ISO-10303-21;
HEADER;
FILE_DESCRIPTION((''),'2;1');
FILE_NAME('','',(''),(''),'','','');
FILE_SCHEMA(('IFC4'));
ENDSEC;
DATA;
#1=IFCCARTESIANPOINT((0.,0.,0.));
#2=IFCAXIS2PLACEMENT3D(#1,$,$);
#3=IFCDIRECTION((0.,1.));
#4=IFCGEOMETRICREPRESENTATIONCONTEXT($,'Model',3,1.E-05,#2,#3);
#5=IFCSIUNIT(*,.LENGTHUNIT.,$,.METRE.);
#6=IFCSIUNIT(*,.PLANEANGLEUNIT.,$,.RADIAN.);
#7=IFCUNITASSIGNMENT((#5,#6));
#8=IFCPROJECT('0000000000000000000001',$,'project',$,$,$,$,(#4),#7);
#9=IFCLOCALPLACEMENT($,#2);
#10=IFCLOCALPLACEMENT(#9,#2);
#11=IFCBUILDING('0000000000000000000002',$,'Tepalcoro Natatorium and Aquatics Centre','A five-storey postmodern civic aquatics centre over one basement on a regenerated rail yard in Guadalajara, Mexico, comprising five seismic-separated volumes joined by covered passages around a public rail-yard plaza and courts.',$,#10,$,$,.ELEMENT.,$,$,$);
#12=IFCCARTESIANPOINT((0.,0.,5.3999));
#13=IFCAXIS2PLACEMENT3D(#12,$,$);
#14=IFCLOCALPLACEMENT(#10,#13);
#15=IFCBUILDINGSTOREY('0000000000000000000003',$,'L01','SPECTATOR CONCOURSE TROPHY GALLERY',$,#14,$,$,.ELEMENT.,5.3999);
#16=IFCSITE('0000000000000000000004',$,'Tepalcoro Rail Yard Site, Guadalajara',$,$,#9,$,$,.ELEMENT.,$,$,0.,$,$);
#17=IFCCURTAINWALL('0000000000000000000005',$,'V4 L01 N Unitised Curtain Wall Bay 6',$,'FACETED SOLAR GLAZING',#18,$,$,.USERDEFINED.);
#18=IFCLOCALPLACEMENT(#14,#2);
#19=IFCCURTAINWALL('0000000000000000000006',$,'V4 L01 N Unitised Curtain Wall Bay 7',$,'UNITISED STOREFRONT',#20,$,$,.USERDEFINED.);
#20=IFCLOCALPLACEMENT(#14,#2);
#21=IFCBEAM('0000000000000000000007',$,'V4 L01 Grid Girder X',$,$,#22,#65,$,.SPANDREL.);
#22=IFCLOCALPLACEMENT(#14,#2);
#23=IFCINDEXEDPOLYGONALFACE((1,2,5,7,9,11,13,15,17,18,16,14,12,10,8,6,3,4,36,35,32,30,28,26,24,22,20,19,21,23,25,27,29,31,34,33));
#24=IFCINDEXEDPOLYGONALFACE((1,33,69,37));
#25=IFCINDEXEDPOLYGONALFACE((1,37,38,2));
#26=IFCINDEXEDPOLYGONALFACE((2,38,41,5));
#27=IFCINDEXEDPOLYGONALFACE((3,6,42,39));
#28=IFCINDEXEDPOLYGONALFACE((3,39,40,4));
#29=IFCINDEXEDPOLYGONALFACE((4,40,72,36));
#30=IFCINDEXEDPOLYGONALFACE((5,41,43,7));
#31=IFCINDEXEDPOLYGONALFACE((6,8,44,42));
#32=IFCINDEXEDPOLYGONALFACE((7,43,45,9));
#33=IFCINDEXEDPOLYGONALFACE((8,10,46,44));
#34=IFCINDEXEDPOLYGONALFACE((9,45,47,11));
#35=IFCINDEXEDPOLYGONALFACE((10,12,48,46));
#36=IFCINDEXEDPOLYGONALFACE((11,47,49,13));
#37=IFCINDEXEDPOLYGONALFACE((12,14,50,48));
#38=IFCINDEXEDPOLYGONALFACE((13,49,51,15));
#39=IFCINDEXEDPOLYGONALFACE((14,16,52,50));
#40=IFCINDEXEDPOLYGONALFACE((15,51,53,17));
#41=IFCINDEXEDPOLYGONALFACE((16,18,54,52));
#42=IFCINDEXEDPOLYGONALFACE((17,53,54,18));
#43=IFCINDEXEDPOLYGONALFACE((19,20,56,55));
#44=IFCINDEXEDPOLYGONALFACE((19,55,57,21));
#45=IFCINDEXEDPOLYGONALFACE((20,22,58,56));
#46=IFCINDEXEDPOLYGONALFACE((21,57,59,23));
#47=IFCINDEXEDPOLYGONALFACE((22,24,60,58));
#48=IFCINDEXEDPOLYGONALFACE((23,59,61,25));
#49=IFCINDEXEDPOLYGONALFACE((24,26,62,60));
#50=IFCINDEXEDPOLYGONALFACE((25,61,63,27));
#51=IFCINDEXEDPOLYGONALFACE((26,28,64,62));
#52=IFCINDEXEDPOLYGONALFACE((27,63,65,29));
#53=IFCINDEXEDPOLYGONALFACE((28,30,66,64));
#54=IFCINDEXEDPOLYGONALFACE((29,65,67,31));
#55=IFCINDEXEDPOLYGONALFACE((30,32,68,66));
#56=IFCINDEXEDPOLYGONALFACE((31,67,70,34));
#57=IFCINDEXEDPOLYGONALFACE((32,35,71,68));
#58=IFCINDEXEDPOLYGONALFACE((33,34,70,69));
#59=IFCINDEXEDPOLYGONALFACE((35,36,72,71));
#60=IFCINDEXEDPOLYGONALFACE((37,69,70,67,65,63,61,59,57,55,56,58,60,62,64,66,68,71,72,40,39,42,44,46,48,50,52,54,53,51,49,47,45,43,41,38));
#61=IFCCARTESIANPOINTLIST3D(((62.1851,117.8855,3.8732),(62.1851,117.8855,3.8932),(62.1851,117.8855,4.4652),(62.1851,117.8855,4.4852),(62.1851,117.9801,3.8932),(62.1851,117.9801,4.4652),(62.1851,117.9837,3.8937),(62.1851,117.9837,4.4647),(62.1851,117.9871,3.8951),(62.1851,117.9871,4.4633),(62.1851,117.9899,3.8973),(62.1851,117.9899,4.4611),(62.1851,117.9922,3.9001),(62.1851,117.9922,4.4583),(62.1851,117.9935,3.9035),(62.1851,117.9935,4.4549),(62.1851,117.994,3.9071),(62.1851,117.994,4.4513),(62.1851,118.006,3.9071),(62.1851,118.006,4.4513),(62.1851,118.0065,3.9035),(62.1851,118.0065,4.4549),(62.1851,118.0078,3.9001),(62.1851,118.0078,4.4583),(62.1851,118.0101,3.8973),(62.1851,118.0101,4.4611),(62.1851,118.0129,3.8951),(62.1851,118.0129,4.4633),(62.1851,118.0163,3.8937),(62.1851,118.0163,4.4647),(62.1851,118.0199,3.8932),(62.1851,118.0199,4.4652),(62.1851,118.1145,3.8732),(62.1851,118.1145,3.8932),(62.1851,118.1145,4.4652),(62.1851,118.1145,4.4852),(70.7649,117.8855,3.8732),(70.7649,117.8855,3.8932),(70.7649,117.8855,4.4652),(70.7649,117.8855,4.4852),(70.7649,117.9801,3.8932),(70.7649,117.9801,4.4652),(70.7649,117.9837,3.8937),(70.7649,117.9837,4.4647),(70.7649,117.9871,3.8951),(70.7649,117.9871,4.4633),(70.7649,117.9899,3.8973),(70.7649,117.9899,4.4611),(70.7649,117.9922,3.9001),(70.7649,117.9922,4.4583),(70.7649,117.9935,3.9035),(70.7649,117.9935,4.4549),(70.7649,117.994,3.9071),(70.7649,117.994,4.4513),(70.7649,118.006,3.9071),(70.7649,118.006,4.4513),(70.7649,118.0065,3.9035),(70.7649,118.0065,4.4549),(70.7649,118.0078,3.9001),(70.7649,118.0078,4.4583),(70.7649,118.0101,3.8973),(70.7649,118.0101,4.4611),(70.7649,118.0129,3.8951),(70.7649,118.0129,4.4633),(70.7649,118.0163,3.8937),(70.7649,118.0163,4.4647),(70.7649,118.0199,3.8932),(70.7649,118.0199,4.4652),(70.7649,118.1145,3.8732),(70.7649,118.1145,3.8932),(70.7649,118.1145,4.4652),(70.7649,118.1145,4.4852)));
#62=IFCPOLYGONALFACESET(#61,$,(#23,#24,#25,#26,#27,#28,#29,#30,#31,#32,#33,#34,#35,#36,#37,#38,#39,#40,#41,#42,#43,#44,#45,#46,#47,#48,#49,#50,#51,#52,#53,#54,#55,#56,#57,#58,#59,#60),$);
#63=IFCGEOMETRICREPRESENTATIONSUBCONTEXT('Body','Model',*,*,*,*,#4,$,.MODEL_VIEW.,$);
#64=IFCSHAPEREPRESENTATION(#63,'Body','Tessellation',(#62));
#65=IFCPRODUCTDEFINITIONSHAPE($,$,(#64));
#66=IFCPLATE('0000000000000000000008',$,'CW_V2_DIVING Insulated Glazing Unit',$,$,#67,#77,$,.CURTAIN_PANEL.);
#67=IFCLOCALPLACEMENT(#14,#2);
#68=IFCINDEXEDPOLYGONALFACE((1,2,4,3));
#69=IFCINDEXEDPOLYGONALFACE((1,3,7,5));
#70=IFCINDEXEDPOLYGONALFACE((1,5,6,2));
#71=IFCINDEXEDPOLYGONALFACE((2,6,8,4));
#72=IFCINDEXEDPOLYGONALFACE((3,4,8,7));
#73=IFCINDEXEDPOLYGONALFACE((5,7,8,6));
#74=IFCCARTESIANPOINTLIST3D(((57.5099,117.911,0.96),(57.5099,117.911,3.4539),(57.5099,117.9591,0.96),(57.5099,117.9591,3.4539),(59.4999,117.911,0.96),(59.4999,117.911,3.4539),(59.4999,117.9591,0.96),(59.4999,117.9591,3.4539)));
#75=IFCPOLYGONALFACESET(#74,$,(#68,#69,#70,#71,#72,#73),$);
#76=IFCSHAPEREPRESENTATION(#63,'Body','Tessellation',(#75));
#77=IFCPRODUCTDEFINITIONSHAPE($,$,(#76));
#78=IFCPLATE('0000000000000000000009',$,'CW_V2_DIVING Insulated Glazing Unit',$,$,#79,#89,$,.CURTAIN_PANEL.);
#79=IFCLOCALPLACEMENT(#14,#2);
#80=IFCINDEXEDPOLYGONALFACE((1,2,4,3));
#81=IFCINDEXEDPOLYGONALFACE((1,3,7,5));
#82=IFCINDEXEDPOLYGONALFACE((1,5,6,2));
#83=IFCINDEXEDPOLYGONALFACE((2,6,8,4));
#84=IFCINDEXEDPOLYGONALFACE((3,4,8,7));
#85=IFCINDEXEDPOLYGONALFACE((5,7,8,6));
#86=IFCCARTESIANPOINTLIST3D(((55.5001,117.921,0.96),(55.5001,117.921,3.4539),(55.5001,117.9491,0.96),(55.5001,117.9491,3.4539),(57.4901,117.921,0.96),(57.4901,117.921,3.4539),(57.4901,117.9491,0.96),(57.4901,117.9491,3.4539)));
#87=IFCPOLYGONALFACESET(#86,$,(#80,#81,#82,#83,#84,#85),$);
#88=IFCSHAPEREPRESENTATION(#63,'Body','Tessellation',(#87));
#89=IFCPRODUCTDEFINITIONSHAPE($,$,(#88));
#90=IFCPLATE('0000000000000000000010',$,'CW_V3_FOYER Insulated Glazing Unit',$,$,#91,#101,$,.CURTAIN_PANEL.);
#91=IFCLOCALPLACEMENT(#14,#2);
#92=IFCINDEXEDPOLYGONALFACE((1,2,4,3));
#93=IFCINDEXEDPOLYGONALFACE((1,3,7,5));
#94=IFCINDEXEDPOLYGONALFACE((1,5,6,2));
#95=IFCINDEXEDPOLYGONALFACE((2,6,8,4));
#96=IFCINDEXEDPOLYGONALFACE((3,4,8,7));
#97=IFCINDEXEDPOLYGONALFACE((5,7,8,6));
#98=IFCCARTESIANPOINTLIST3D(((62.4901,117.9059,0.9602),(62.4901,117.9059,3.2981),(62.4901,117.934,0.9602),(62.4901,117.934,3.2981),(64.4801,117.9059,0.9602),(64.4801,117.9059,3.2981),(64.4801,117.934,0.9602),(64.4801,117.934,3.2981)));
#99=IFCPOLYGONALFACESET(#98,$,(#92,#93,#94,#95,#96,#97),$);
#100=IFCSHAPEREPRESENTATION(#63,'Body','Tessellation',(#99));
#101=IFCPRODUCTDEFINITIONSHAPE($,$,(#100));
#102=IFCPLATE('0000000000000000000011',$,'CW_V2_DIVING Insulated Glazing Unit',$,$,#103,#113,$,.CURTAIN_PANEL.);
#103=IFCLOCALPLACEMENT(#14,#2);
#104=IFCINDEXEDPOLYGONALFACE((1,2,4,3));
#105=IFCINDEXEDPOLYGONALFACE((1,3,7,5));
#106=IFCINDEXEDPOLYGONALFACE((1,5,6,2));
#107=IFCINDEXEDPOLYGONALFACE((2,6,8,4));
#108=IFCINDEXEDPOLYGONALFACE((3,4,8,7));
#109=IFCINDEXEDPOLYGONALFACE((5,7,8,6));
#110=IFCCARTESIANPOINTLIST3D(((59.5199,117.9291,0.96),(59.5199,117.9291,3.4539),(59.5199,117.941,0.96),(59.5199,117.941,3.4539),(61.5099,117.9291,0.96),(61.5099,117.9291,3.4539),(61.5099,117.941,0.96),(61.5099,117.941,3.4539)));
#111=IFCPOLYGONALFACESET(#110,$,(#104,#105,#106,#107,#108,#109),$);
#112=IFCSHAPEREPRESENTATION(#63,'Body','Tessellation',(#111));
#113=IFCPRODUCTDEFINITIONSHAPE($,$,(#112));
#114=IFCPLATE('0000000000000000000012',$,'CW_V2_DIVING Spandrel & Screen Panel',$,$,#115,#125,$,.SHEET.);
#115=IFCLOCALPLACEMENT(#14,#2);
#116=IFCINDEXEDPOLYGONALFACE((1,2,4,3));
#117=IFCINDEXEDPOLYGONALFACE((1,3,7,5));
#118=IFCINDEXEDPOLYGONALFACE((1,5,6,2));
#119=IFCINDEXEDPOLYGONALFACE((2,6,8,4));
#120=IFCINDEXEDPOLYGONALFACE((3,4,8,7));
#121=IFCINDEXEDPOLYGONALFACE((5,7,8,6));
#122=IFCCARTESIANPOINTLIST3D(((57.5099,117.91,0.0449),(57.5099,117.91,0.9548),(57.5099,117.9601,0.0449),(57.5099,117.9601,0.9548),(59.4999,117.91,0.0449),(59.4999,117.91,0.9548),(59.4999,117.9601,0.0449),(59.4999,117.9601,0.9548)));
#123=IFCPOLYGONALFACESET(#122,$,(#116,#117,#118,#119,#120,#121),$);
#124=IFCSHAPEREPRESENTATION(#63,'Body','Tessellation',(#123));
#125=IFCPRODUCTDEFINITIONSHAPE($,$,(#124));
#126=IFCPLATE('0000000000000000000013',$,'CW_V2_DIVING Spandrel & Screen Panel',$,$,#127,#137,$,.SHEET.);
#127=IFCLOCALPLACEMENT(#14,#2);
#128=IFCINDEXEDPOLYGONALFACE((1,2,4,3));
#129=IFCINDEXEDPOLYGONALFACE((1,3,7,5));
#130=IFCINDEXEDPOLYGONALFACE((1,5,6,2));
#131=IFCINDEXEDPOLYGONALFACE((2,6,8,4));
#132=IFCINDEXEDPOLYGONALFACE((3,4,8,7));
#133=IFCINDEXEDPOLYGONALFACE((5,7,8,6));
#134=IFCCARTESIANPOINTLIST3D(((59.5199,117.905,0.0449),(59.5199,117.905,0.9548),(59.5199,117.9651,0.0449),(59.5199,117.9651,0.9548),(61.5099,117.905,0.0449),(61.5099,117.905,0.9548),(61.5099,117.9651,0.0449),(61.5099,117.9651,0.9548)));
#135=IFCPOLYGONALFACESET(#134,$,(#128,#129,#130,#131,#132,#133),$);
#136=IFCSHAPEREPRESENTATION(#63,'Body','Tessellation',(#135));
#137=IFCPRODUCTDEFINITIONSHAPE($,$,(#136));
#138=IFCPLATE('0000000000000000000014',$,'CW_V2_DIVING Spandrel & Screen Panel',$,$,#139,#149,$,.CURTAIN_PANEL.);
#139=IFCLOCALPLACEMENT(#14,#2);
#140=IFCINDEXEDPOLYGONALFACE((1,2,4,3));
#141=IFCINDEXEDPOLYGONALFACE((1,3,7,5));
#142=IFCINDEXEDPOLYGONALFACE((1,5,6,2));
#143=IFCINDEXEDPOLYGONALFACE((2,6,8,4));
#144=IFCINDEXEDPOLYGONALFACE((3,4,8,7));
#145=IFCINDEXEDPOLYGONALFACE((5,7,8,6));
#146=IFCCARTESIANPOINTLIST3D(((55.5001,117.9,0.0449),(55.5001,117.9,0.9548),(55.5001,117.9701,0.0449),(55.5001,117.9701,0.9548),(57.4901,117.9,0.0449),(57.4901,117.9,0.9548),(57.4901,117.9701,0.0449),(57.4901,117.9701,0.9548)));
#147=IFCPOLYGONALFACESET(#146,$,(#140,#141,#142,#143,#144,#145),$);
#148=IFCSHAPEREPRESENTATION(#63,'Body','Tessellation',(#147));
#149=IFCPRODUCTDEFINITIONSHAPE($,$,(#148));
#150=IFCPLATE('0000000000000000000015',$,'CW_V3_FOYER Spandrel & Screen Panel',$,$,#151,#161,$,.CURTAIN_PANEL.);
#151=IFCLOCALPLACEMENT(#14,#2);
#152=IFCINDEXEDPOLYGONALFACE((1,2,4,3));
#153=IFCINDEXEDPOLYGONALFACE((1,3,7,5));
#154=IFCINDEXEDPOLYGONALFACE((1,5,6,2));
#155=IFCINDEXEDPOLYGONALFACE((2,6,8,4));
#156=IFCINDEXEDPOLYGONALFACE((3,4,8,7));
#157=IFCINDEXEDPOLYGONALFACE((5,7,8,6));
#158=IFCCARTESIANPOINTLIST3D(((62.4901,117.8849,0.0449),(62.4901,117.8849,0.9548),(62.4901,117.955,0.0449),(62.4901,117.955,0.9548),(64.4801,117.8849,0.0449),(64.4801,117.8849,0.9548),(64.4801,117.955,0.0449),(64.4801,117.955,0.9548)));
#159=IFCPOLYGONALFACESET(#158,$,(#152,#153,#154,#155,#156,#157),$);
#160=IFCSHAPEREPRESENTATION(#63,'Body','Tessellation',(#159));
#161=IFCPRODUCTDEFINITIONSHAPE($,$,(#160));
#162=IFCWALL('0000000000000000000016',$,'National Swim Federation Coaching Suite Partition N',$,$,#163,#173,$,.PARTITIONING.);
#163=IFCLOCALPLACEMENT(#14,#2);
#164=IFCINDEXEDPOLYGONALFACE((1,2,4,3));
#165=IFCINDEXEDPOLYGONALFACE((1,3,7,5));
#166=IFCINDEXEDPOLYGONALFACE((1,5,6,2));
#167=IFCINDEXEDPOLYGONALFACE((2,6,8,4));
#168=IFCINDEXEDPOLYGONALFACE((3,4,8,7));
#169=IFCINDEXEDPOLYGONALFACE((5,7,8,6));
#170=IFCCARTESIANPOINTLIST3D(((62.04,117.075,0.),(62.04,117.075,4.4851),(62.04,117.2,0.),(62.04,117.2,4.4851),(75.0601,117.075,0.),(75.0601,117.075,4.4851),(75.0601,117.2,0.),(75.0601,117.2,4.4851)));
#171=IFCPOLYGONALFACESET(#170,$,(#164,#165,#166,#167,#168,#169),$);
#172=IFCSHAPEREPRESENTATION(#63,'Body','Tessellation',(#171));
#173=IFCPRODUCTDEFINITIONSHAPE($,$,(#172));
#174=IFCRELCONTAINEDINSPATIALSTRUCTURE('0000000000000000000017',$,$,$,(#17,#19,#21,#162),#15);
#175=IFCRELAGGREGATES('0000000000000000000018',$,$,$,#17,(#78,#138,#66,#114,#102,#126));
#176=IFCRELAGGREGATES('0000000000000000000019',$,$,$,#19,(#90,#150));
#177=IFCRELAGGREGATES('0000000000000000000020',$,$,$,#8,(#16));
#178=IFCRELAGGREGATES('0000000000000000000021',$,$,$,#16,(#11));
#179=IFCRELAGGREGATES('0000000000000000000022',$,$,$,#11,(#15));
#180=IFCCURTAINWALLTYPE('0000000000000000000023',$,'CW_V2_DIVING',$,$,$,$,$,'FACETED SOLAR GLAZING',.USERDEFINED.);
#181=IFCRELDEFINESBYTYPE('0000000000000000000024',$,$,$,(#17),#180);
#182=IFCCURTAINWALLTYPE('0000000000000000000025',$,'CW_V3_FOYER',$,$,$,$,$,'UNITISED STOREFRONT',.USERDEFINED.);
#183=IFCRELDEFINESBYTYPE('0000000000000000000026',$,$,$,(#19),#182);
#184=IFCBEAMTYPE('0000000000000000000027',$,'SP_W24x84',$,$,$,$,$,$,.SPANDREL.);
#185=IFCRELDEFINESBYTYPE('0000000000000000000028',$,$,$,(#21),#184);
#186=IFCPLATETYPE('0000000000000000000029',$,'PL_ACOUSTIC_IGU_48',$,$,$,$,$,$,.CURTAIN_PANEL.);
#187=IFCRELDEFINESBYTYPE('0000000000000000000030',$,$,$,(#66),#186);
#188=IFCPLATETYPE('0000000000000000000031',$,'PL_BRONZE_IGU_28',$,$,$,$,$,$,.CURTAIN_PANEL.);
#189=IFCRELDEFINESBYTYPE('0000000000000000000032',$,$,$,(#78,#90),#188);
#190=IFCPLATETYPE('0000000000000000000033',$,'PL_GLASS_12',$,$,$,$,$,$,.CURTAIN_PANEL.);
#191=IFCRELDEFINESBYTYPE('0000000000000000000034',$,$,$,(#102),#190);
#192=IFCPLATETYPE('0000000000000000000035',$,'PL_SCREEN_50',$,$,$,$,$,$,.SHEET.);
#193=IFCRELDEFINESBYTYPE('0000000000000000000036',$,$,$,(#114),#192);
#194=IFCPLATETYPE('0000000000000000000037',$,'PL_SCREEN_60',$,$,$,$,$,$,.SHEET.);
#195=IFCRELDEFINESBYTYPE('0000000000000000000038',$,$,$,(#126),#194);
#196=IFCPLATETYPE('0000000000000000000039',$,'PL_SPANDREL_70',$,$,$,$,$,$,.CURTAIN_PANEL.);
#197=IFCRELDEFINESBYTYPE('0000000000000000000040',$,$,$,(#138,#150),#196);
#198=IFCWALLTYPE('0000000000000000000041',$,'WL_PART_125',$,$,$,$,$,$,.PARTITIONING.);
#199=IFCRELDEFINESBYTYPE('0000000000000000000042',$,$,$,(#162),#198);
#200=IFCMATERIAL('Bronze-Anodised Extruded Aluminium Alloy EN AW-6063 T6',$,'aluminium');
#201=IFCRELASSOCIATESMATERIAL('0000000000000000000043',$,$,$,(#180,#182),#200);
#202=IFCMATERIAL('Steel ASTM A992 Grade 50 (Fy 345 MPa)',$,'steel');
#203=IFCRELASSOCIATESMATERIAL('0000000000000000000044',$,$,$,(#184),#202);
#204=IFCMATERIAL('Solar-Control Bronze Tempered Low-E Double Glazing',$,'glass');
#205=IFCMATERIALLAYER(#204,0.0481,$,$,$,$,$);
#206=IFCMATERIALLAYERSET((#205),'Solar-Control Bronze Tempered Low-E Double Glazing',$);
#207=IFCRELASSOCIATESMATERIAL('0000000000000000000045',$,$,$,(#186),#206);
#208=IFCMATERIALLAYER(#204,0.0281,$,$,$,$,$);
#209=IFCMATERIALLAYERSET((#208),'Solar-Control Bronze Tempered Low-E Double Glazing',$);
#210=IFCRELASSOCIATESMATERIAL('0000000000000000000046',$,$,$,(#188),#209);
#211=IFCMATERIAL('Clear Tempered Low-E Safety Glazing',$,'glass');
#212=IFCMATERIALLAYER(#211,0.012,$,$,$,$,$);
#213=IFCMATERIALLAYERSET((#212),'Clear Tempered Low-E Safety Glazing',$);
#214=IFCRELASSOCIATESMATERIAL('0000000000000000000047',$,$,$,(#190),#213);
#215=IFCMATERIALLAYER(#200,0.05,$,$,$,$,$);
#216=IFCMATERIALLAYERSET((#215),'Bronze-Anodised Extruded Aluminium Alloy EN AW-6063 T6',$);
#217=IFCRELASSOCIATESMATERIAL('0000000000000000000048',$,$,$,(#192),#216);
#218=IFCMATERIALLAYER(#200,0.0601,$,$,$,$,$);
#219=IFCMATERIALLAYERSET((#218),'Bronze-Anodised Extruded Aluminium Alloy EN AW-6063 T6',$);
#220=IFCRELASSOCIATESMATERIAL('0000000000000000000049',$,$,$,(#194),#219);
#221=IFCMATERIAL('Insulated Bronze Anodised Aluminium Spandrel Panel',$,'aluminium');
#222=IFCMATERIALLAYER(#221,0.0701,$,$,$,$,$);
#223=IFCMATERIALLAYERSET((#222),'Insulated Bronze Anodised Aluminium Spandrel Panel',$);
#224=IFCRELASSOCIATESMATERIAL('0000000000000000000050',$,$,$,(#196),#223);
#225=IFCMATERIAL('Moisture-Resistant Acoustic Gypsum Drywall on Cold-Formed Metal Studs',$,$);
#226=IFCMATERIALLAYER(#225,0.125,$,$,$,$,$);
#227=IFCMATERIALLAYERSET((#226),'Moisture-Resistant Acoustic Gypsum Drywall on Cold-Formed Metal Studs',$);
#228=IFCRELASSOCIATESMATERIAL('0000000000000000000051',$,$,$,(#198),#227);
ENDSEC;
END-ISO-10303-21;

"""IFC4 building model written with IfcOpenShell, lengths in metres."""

from ifc_helpers import new_model, si_unit, direction, frame, frame_2d, origin, origin_2d, place, context, subcontext, project, spatial, rectangle, i_section, extrude, material, layer, layer_set, material_profile, profile_set, type_object, element, aggregate, save


model = new_model("IFC4")

# Units and contexts
model_context = context("Model", 3, precision=1e-05, world=origin(), true_north=direction((0.0, 1.0)))
body_context = subcontext(model_context, "Body", "Model", "MODEL_VIEW")
ifc_project = project(units=[si_unit("LENGTHUNIT", "METRE"), si_unit("PLANEANGLEUNIT", "RADIAN")], contexts=[model_context])

# Site, building, storey
site_placement = place(None, origin())
site = spatial("IfcSite", under=ifc_project, at=site_placement, Name="Tepalcoro Rail Yard Site, Guadalajara", CompositionType="ELEMENT", RefElevation=0.0)
building_placement = place(site_placement, origin())
building = spatial("IfcBuilding", under=site, at=building_placement, Name="Tepalcoro Natatorium and Aquatics Centre", Description="A five-storey postmodern civic aquatics centre over one basement on a regenerated rail yard in Guadalajara, Mexico, comprising five seismic-separated volumes joined by covered passages around a public rail-yard plaza and courts.", CompositionType="ELEMENT")
storey_placement = place(building_placement, frame((0.0, 0.0, 5.3999)))
storey = spatial("IfcBuildingStorey", under=building, at=storey_placement, Name="L01", Description="SPECTATOR CONCOURSE TROPHY GALLERY", CompositionType="ELEMENT", Elevation=5.3999)

# Curtain walls
ifc_material_1 = material(Name="Bronze-Anodised Extruded Aluminium Alloy EN AW-6063 T6", Category="aluminium")
curtain_wall_type_1 = type_object("IfcCurtainWallType", Name="CW_V2_DIVING", ElementType="FACETED SOLAR GLAZING", PredefinedType="USERDEFINED", material=ifc_material_1)
curtain_wall_1_placement = place(storey_placement, origin())
curtain_wall_1 = element("IfcCurtainWall", 1, at=curtain_wall_1_placement, inside=storey, type_object=curtain_wall_type_1, Name="V4 L01 N Unitised Curtain Wall Bay 6", ObjectType="FACETED SOLAR GLAZING", PredefinedType="USERDEFINED")
curtain_wall_type_2 = type_object("IfcCurtainWallType", Name="CW_V3_FOYER", ElementType="UNITISED STOREFRONT", PredefinedType="USERDEFINED", material=ifc_material_1)
curtain_wall_2_placement = place(storey_placement, origin())
curtain_wall_2 = element("IfcCurtainWall", 2, at=curtain_wall_2_placement, inside=storey, type_object=curtain_wall_type_2, Name="V4 L01 N Unitised Curtain Wall Bay 7", ObjectType="UNITISED STOREFRONT", PredefinedType="USERDEFINED")

# Beam
ifc_material_2 = material(Name="Steel ASTM A992 Grade 50 (Fy 345 MPa)", Category="steel")
ifc_material_profile_1 = material_profile(ifc_material_2, i_section(OverallWidth=0.229, OverallDepth=0.6121, WebThickness=0.012, FlangeThickness=0.02, FilletRadius=0.0139, at=origin_2d()), Name="W24X84")
ifc_profile_set_1 = profile_set([ifc_material_profile_1], Name="Steel ASTM A992 Grade 50 (Fy 345 MPa)")
beam_type = type_object("IfcBeamType", Name="SP_W24x84", PredefinedType="SPANDREL", material=ifc_profile_set_1)
beam_placement = place(storey_placement, frame((62.1851, 118.0, 4.1792), z_axis=(1.0, 0.0, 0.0), x_axis=(0.0, 1.0, 0.0)))
element("IfcBeam", 3, at=beam_placement, inside=storey, type_object=beam_type, Name="V4 L01 Grid Girder X", PredefinedType="SPANDREL", context=body_context, shape_type="SweptSolid", body=[
    extrude(i_section(OverallWidth=0.229, OverallDepth=0.6121, WebThickness=0.012, FlangeThickness=0.02, FilletRadius=0.0139, at=origin_2d()), origin(), (0.0, 0.0, 1.0), 8.5798),
])

# Plates
ifc_material_3 = material(Name="Solar-Control Bronze Tempered Low-E Double Glazing", Category="glass")
ifc_layer_1 = layer(ifc_material_3, 0.0481)
ifc_layer_set_1 = layer_set([ifc_layer_1], Name="Solar-Control Bronze Tempered Low-E Double Glazing")
plate_type_1 = type_object("IfcPlateType", Name="PL_ACOUSTIC_IGU_48", PredefinedType="CURTAIN_PANEL", material=ifc_layer_set_1)
plate_1_placement = place(storey_placement, frame((58.5049, 117.9351, 0.96), z_axis=(0.0, 0.0, 1.0), x_axis=(1.0, 0.0, 0.0)))
plate_1 = element("IfcPlate", 4, at=plate_1_placement, type_object=plate_type_1, Name="CW_V2_DIVING Insulated Glazing Unit", PredefinedType="CURTAIN_PANEL", context=body_context, shape_type="SweptSolid", body=[
    extrude(rectangle(XDim=1.99, YDim=0.0481, at=origin_2d()), origin(), (0.0, 0.0, 1.0), 2.4939),
])
ifc_layer_2 = layer(ifc_material_3, 0.0281)
ifc_layer_set_2 = layer_set([ifc_layer_2], Name="Solar-Control Bronze Tempered Low-E Double Glazing")
plate_type_2 = type_object("IfcPlateType", Name="PL_BRONZE_IGU_28", PredefinedType="CURTAIN_PANEL", material=ifc_layer_set_2)
plate_2_placement = place(storey_placement, frame((56.4951, 117.9351, 0.96), z_axis=(0.0, 0.0, 1.0), x_axis=(1.0, 0.0, 0.0)))
plate_2 = element("IfcPlate", 5, at=plate_2_placement, type_object=plate_type_2, Name="CW_V2_DIVING Insulated Glazing Unit", PredefinedType="CURTAIN_PANEL", context=body_context, shape_type="SweptSolid", body=[
    extrude(rectangle(XDim=1.99, YDim=0.0281, at=origin_2d()), origin(), (0.0, 0.0, 1.0), 2.4939),
])
plate_3_placement = place(storey_placement, frame((63.4851, 117.9199, 0.9602), z_axis=(0.0, 0.0, 1.0), x_axis=(1.0, 0.0, 0.0)))
plate_3 = element("IfcPlate", 6, at=plate_3_placement, type_object=plate_type_2, Name="CW_V3_FOYER Insulated Glazing Unit", PredefinedType="CURTAIN_PANEL", context=body_context, shape_type="SweptSolid", body=[
    extrude(rectangle(XDim=1.99, YDim=0.0281, at=origin_2d()), origin(), (0.0, 0.0, 1.0), 2.3379),
])
ifc_material_4 = material(Name="Clear Tempered Low-E Safety Glazing", Category="glass")
ifc_layer_3 = layer(ifc_material_4, 0.012)
ifc_layer_set_3 = layer_set([ifc_layer_3], Name="Clear Tempered Low-E Safety Glazing")
plate_type_3 = type_object("IfcPlateType", Name="PL_GLASS_12", PredefinedType="CURTAIN_PANEL", material=ifc_layer_set_3)
plate_4_placement = place(storey_placement, frame((60.5149, 117.9351, 0.96), z_axis=(0.0, 0.0, 1.0), x_axis=(1.0, 0.0, 0.0)))
plate_4 = element("IfcPlate", 7, at=plate_4_placement, type_object=plate_type_3, Name="CW_V2_DIVING Insulated Glazing Unit", PredefinedType="CURTAIN_PANEL", context=body_context, shape_type="SweptSolid", body=[
    extrude(rectangle(XDim=1.99, YDim=0.012, at=origin_2d()), origin(), (0.0, 0.0, 1.0), 2.4939),
])
ifc_layer_4 = layer(ifc_material_1, 0.05)
ifc_layer_set_4 = layer_set([ifc_layer_4], Name="Bronze-Anodised Extruded Aluminium Alloy EN AW-6063 T6")
plate_type_4 = type_object("IfcPlateType", Name="PL_SCREEN_50", PredefinedType="SHEET", material=ifc_layer_set_4)
plate_5_placement = place(storey_placement, frame((58.5049, 117.9351, 0.0449), z_axis=(0.0, 0.0, 1.0), x_axis=(1.0, 0.0, 0.0)))
plate_5 = element("IfcPlate", 8, at=plate_5_placement, type_object=plate_type_4, Name="CW_V2_DIVING Spandrel & Screen Panel", PredefinedType="SHEET", context=body_context, shape_type="SweptSolid", body=[
    extrude(rectangle(XDim=1.99, YDim=0.05, at=origin_2d()), origin(), (0.0, 0.0, 1.0), 0.9099),
])
ifc_layer_5 = layer(ifc_material_1, 0.0601)
ifc_layer_set_5 = layer_set([ifc_layer_5], Name="Bronze-Anodised Extruded Aluminium Alloy EN AW-6063 T6")
plate_type_5 = type_object("IfcPlateType", Name="PL_SCREEN_60", PredefinedType="SHEET", material=ifc_layer_set_5)
plate_6_placement = place(storey_placement, frame((60.5149, 117.9351, 0.0449), z_axis=(0.0, 0.0, 1.0), x_axis=(1.0, 0.0, 0.0)))
plate_6 = element("IfcPlate", 9, at=plate_6_placement, type_object=plate_type_5, Name="CW_V2_DIVING Spandrel & Screen Panel", PredefinedType="SHEET", context=body_context, shape_type="SweptSolid", body=[
    extrude(rectangle(XDim=1.99, YDim=0.0601, at=origin_2d()), origin(), (0.0, 0.0, 1.0), 0.9099),
])
ifc_material_5 = material(Name="Insulated Bronze Anodised Aluminium Spandrel Panel", Category="aluminium")
ifc_layer_6 = layer(ifc_material_5, 0.0701)
ifc_layer_set_6 = layer_set([ifc_layer_6], Name="Insulated Bronze Anodised Aluminium Spandrel Panel")
plate_type_6 = type_object("IfcPlateType", Name="PL_SPANDREL_70", PredefinedType="CURTAIN_PANEL", material=ifc_layer_set_6)
plate_7_placement = place(storey_placement, frame((56.4951, 117.9351, 0.0449), z_axis=(0.0, 0.0, 1.0), x_axis=(1.0, 0.0, 0.0)))
plate_7 = element("IfcPlate", 10, at=plate_7_placement, type_object=plate_type_6, Name="CW_V2_DIVING Spandrel & Screen Panel", PredefinedType="CURTAIN_PANEL", context=body_context, shape_type="SweptSolid", body=[
    extrude(rectangle(XDim=1.99, YDim=0.0701, at=origin_2d()), origin(), (0.0, 0.0, 1.0), 0.9099),
])
aggregate(curtain_wall_1, [plate_2, plate_7, plate_1, plate_5, plate_4, plate_6])
plate_8_placement = place(storey_placement, frame((63.4851, 117.9199, 0.0449), z_axis=(0.0, 0.0, 1.0), x_axis=(1.0, 0.0, 0.0)))
plate_8 = element("IfcPlate", 11, at=plate_8_placement, type_object=plate_type_6, Name="CW_V3_FOYER Spandrel & Screen Panel", PredefinedType="CURTAIN_PANEL", context=body_context, shape_type="SweptSolid", body=[
    extrude(rectangle(XDim=1.99, YDim=0.0701, at=origin_2d()), origin(), (0.0, 0.0, 1.0), 0.9099),
])
aggregate(curtain_wall_2, [plate_3, plate_8])

# Wall
ifc_material_6 = material(Name="Moisture-Resistant Acoustic Gypsum Drywall on Cold-Formed Metal Studs")
ifc_layer_7 = layer(ifc_material_6, 0.125)
ifc_layer_set_7 = layer_set([ifc_layer_7], Name="Moisture-Resistant Acoustic Gypsum Drywall on Cold-Formed Metal Studs")
wall_type = type_object("IfcWallType", Name="WL_PART_125", PredefinedType="PARTITIONING", material=ifc_layer_set_7)
wall_placement = place(storey_placement, frame((62.04, 117.1375, 0.0), z_axis=(0.0, 0.0, 1.0), x_axis=(1.0, 0.0, 0.0)))
element("IfcWall", 12, at=wall_placement, inside=storey, type_object=wall_type, Name="National Swim Federation Coaching Suite Partition N", PredefinedType="PARTITIONING", context=body_context, shape_type="SweptSolid", body=[
    extrude(rectangle(XDim=13.02, YDim=0.125, at=frame_2d((6.51, 0.0))), origin(), (0.0, 0.0, 1.0), 4.4851),
])

save(model, "model.ifc")
